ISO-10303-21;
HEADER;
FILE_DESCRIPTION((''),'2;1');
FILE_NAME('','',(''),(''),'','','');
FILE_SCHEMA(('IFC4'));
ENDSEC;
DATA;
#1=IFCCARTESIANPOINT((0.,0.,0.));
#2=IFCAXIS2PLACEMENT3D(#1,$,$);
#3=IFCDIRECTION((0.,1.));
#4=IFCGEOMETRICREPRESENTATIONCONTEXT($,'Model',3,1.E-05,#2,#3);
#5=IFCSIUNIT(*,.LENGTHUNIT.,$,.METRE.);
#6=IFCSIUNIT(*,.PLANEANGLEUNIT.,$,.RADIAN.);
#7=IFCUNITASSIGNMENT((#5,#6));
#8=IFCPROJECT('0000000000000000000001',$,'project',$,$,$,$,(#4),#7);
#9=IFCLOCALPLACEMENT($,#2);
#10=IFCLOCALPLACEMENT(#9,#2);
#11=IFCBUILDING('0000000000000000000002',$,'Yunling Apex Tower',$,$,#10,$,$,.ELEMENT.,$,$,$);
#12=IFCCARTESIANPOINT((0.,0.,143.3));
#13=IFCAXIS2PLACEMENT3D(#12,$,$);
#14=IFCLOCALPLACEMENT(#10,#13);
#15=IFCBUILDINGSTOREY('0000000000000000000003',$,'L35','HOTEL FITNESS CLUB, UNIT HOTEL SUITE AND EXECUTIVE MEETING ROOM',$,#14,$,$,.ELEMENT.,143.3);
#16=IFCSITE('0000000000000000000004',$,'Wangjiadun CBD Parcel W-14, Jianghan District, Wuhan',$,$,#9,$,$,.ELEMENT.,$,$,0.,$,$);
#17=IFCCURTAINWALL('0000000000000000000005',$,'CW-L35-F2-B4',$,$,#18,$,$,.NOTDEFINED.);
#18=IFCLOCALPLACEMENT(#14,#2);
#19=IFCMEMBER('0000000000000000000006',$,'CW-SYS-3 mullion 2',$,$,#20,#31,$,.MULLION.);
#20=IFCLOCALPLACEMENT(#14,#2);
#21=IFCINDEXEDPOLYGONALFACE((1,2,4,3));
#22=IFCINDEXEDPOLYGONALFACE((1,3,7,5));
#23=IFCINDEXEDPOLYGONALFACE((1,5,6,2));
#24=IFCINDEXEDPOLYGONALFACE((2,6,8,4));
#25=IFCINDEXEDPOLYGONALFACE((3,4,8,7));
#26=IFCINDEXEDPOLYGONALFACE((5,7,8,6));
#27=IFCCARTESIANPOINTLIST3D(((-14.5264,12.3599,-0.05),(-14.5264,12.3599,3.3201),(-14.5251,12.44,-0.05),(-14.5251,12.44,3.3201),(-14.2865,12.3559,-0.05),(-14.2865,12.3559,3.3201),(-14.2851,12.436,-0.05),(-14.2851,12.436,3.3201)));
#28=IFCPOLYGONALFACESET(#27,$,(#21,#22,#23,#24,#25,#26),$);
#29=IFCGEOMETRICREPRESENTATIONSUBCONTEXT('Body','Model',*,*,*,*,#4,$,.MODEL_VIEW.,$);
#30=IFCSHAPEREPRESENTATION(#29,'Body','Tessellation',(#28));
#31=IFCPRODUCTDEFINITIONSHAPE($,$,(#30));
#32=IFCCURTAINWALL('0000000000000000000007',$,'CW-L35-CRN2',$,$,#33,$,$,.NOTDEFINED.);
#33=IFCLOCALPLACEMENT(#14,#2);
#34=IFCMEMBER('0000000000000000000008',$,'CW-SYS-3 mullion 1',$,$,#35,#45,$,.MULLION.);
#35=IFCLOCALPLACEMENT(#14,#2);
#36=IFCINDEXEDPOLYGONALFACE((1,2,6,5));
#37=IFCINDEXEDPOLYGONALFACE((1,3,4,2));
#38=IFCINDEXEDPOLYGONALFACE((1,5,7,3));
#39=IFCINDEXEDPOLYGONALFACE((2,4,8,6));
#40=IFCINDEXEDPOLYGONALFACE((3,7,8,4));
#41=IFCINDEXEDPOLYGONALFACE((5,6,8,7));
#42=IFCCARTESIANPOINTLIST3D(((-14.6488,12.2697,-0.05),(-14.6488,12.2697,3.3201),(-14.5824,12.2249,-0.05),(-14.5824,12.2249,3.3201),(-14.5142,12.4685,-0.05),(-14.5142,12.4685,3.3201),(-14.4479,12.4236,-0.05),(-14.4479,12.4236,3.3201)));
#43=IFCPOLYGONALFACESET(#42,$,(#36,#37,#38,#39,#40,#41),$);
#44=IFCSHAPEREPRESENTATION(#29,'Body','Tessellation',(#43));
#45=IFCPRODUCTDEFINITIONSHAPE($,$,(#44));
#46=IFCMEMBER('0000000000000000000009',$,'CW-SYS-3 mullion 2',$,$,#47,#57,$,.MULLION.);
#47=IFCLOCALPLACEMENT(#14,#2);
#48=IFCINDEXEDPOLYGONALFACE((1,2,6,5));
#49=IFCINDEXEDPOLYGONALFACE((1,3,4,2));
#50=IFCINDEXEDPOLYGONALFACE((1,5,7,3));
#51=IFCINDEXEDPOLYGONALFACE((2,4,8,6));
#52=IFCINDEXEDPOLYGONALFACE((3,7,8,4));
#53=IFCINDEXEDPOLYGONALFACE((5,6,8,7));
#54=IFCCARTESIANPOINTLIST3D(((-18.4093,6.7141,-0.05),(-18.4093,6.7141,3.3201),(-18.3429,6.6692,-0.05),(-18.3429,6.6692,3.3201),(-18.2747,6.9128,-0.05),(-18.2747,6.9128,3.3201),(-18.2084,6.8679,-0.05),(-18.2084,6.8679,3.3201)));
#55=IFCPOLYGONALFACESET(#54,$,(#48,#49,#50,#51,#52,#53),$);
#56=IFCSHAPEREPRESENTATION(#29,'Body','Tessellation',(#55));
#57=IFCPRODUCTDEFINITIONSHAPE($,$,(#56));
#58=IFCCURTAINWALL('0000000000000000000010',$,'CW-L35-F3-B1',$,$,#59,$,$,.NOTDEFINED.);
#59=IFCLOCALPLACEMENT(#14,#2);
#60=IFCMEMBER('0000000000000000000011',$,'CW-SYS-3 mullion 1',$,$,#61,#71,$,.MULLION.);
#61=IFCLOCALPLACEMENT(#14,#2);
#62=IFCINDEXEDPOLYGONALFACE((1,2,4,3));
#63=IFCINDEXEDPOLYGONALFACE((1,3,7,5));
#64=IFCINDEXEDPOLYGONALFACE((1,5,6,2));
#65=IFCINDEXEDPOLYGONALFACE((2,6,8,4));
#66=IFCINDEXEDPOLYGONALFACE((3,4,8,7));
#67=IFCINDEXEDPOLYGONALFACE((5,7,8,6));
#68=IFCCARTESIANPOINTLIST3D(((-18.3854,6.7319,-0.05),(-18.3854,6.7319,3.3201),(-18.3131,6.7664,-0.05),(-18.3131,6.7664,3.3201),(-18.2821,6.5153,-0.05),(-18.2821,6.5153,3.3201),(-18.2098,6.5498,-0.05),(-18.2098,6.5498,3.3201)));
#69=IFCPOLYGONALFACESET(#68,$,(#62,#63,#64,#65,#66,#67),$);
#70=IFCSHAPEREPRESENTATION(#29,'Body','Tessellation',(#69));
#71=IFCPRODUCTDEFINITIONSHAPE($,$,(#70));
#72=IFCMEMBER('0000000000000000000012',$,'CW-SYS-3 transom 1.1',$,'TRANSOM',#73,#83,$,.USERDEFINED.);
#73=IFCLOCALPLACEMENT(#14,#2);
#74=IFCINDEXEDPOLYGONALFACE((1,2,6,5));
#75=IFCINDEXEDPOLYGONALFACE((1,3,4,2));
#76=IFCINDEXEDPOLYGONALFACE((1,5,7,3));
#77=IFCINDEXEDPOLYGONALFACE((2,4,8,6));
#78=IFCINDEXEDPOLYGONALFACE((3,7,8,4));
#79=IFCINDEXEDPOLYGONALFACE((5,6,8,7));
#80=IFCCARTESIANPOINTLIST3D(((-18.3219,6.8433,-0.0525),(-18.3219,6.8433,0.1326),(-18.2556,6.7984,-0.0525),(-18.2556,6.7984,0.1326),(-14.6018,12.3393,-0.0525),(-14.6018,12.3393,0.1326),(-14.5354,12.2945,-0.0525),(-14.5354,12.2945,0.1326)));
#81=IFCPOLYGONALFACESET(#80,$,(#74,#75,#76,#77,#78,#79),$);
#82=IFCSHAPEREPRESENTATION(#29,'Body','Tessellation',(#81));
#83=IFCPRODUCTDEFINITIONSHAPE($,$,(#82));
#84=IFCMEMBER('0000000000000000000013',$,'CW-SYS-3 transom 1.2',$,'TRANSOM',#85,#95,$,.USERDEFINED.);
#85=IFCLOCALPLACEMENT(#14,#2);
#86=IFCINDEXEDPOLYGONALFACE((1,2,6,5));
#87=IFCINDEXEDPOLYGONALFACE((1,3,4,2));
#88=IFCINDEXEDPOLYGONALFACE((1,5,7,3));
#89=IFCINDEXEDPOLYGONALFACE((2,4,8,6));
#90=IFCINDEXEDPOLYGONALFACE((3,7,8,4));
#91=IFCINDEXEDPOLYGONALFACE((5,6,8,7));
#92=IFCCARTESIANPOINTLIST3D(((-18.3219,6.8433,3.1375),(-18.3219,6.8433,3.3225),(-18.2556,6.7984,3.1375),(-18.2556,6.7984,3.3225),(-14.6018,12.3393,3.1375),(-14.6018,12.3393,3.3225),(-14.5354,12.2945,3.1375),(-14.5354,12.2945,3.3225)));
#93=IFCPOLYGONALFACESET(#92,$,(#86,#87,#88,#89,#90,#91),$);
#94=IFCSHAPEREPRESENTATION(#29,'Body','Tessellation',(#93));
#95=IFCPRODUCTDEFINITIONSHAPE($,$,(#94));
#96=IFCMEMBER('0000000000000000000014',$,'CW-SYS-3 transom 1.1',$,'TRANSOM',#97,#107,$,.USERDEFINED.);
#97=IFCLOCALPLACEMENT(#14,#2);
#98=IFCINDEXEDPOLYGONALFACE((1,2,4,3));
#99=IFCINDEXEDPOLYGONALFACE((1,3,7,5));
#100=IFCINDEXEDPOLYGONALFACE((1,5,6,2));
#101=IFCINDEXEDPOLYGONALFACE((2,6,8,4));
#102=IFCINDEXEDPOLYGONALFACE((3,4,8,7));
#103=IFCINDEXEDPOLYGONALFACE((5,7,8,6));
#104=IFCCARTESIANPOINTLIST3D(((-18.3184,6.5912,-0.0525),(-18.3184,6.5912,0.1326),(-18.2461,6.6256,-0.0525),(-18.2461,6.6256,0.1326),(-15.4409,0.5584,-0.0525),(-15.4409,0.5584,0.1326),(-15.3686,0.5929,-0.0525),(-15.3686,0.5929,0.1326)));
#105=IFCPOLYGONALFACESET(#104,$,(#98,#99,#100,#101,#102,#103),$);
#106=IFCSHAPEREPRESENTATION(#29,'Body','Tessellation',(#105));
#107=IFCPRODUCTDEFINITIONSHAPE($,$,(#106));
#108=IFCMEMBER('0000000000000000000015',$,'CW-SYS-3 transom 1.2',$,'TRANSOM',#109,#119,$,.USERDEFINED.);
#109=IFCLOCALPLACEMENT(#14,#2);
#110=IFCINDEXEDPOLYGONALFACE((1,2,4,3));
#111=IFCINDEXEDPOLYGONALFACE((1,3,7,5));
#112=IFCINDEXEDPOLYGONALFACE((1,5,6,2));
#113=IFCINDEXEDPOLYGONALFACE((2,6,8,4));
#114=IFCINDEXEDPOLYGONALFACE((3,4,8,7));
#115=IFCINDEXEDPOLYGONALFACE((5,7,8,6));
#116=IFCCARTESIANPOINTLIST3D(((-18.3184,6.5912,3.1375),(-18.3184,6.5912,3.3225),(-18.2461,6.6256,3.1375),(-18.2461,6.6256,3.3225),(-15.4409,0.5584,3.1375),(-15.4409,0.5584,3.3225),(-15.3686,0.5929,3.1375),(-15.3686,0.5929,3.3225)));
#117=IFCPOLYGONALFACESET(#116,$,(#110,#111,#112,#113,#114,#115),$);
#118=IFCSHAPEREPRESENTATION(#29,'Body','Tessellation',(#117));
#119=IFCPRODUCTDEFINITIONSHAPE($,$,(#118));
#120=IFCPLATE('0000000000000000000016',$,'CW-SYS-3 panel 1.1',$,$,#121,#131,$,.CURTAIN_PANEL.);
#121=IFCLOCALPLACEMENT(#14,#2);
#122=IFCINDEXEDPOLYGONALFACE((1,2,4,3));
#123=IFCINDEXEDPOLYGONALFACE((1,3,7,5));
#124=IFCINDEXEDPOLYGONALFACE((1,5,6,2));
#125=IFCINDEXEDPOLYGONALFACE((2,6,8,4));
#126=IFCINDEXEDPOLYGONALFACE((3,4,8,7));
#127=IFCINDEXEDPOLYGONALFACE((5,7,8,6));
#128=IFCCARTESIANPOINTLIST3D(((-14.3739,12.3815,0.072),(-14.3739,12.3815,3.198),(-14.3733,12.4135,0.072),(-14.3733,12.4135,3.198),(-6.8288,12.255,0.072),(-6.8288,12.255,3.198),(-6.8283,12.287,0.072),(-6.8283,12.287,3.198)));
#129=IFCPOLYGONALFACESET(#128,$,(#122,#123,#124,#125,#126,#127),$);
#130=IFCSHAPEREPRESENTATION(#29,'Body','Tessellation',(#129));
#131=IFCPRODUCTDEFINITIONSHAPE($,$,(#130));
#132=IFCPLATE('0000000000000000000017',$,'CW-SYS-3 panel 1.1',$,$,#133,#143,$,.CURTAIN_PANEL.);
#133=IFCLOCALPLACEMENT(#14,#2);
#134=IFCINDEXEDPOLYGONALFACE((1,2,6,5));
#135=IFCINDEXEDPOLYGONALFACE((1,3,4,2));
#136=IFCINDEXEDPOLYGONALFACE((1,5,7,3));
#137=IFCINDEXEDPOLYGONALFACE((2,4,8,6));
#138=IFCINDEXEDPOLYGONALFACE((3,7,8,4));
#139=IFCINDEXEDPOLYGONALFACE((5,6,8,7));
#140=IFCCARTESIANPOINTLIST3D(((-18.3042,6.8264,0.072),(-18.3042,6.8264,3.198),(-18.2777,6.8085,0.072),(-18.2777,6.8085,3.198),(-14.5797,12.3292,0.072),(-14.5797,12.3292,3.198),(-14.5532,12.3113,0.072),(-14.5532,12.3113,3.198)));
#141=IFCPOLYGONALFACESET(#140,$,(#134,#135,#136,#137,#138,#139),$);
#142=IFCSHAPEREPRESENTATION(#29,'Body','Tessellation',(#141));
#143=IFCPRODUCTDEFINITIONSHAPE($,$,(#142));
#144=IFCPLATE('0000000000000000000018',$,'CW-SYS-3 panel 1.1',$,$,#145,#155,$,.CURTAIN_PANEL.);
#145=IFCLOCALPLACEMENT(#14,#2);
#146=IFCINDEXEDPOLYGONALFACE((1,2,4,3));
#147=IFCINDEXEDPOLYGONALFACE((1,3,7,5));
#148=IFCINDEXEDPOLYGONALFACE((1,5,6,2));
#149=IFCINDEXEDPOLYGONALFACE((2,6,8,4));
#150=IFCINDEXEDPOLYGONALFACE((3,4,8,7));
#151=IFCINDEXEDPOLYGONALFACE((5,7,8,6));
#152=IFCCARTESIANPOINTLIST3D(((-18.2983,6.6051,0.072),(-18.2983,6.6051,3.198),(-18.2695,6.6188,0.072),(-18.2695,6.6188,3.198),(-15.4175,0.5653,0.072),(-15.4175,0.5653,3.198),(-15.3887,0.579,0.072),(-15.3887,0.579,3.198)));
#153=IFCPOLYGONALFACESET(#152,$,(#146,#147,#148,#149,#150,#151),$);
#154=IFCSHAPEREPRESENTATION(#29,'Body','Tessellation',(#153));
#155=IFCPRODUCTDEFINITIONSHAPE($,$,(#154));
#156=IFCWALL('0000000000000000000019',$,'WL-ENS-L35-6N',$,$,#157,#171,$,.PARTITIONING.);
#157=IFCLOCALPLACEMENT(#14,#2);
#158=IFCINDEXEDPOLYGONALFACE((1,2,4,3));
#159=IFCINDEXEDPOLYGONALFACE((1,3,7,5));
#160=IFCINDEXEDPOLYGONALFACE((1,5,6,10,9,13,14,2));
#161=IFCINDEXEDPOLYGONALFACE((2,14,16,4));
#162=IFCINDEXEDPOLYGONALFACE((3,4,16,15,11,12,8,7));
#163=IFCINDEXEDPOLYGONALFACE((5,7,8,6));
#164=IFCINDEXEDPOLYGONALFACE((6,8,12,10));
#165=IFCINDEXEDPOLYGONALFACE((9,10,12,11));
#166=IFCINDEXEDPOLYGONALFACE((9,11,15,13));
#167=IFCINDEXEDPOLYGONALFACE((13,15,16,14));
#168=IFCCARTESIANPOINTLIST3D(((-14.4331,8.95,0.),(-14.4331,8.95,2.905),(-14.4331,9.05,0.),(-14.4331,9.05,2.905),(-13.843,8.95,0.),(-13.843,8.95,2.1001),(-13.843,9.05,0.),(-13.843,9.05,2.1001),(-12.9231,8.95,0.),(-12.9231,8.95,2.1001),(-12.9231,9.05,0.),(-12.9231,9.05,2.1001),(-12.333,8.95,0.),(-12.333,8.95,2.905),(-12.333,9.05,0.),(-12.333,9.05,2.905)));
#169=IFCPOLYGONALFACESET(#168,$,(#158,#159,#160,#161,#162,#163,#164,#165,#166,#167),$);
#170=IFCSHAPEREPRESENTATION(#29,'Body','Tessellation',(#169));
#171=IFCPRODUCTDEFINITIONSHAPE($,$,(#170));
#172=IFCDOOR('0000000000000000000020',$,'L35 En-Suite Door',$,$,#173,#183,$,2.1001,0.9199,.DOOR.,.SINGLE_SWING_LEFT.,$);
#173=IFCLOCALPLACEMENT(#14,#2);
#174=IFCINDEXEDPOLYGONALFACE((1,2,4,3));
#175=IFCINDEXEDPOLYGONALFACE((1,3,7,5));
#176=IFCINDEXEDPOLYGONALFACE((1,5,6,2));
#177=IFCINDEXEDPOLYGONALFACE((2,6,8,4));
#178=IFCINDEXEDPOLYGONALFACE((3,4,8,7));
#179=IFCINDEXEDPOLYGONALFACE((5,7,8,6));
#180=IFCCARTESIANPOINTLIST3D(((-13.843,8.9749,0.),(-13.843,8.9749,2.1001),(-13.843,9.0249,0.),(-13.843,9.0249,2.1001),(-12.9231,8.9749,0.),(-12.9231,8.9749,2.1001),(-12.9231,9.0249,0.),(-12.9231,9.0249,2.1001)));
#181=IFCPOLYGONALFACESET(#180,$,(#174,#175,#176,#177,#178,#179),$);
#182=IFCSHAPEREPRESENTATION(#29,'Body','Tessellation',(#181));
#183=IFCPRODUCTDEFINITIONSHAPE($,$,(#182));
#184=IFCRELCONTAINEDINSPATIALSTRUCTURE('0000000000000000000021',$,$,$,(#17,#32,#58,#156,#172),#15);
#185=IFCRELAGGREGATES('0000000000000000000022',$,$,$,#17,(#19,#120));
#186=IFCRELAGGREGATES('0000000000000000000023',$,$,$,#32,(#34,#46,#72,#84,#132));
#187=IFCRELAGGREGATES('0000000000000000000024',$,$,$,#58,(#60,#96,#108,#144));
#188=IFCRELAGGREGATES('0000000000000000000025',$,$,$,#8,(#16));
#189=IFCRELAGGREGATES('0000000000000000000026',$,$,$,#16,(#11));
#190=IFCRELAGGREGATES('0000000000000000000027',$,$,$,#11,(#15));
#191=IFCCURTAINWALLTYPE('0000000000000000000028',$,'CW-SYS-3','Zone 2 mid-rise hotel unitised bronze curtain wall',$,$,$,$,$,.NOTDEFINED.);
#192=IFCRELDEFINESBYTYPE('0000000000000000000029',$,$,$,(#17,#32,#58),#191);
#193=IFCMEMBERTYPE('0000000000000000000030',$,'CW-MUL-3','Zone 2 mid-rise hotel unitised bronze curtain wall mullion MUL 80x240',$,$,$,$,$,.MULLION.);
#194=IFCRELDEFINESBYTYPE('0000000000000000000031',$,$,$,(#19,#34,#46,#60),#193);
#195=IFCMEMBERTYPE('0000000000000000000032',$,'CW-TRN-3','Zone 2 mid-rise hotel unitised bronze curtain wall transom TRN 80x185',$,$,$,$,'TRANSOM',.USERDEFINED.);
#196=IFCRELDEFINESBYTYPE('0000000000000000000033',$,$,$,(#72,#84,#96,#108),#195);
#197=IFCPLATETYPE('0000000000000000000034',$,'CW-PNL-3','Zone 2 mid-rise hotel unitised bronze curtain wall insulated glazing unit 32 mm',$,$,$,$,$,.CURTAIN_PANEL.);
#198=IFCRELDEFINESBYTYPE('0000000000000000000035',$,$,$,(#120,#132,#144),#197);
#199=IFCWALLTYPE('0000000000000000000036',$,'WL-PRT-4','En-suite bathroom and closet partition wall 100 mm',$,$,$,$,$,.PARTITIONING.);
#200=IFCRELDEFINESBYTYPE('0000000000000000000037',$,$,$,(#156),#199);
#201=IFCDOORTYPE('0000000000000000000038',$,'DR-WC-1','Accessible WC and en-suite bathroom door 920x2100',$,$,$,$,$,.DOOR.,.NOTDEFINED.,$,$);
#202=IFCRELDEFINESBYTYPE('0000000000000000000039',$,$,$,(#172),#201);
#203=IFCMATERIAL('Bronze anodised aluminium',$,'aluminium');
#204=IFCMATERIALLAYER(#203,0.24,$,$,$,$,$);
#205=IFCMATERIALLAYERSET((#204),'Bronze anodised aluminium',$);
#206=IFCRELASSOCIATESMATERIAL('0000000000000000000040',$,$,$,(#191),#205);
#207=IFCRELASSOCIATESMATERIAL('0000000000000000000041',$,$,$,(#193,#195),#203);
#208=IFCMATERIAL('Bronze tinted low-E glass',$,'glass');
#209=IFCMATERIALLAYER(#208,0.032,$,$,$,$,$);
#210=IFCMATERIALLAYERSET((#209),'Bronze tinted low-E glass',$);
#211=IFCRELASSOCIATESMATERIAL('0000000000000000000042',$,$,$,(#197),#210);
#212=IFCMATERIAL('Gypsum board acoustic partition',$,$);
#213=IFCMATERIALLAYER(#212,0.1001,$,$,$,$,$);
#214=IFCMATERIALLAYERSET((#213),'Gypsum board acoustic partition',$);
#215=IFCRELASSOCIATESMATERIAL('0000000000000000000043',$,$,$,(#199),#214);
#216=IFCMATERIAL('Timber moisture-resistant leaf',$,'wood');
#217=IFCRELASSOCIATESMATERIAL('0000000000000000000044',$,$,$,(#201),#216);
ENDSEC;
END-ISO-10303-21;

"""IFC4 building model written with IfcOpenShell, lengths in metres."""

from ifc_helpers import new_model, si_unit, direction, frame, frame_2d, origin, origin_2d, place, context, subcontext, project, spatial, rectangle, extrude, source, transform, mapped, material, layer, layer_set, material_profile, profile_set, type_object, element, fill, aggregate, save


model = new_model("IFC4")

# Units and contexts
model_context = context("Model", 3, precision=1e-05, world=origin(), true_north=direction((0.0, 1.0)))
body_context = subcontext(model_context, "Body", "Model", "MODEL_VIEW")
ifc_project = project(units=[si_unit("LENGTHUNIT", "METRE"), si_unit("PLANEANGLEUNIT", "RADIAN")], contexts=[model_context])

# Site, building, storey
site_placement = place(None, origin())
site = spatial("IfcSite", under=ifc_project, at=site_placement, Name="Wangjiadun CBD Parcel W-14, Jianghan District, Wuhan", CompositionType="ELEMENT", RefElevation=0.0)
building_placement = place(site_placement, origin())
building = spatial("IfcBuilding", under=site, at=building_placement, Name="Yunling Apex Tower", CompositionType="ELEMENT")
storey_placement = place(building_placement, frame((0.0, 0.0, 143.3)))
storey = spatial("IfcBuildingStorey", under=building, at=storey_placement, Name="L35", Description="HOTEL FITNESS CLUB, UNIT HOTEL SUITE AND EXECUTIVE MEETING ROOM", CompositionType="ELEMENT", Elevation=143.3)

# Curtain wall, member
ifc_material_1 = material(Name="Bronze anodised aluminium", Category="aluminium")
ifc_layer_1 = layer(ifc_material_1, 0.24)
ifc_layer_set_1 = layer_set([ifc_layer_1], Name="Bronze anodised aluminium")
curtain_wall_type = type_object("IfcCurtainWallType", Name="CW-SYS-3", Description="Zone 2 mid-rise hotel unitised bronze curtain wall", PredefinedType="NOTDEFINED", material=ifc_layer_set_1)
curtain_wall_1_placement = place(storey_placement, origin())
curtain_wall_1 = element("IfcCurtainWall", 1, at=curtain_wall_1_placement, inside=storey, type_object=curtain_wall_type, Name="CW-L35-F2-B4", PredefinedType="NOTDEFINED")
ifc_material_profile_1 = material_profile(ifc_material_1, rectangle(XDim=0.0801, YDim=0.24, at=origin_2d()))
ifc_profile_set_1 = profile_set([ifc_material_profile_1], Name="Bronze anodised aluminium")
member_type_1 = type_object("IfcMemberType", Name="CW-MUL-3", Description="Zone 2 mid-rise hotel unitised bronze curtain wall mullion MUL 80x240", PredefinedType="MULLION", material=ifc_profile_set_1)
shared_shape_1 = source(origin(), body_context, "Body", "SweptSolid", [
    extrude(rectangle(XDim=0.0801, YDim=0.24, at=origin_2d()), origin(), (0.0, 0.0, 1.0), 3.3701),
])
member_1_placement = place(storey_placement, frame((-14.4058, 12.3979, -0.05), z_axis=(0.0, 0.0, 1.0), x_axis=(-0.016762, -0.99986, 0.0)))
member_1 = element("IfcMember", 2, at=member_1_placement, type_object=member_type_1, Name="CW-SYS-3 mullion 2", PredefinedType="MULLION", context=body_context, shape_type="MappedRepresentation", body=[
    mapped(shared_shape_1, transform((0.0, 0.0, 0.0), scale=1.0)),
])

# Curtain wall, members
curtain_wall_2_placement = place(storey_placement, origin())
curtain_wall_2 = element("IfcCurtainWall", 3, at=curtain_wall_2_placement, inside=storey, type_object=curtain_wall_type, Name="CW-L35-CRN2", PredefinedType="NOTDEFINED")
member_2_placement = place(storey_placement, frame((-14.5483, 12.3467, -0.05), z_axis=(0.0, 0.0, 1.0), x_axis=(0.828139, -0.560523, 0.0)))
member_2 = element("IfcMember", 4, at=member_2_placement, type_object=member_type_1, Name="CW-SYS-3 mullion 1", PredefinedType="MULLION", context=body_context, shape_type="MappedRepresentation", body=[
    mapped(shared_shape_1, transform((0.0, 0.0, 0.0), scale=1.0)),
])
member_3_placement = place(storey_placement, frame((-18.3088, 6.791, -0.05), z_axis=(0.0, 0.0, 1.0), x_axis=(0.828139, -0.560523, 0.0)))
member_3 = element("IfcMember", 5, at=member_3_placement, type_object=member_type_1, Name="CW-SYS-3 mullion 2", PredefinedType="MULLION", context=body_context, shape_type="MappedRepresentation", body=[
    mapped(shared_shape_1, transform((0.0, 0.0, 0.0), scale=1.0)),
])

# Curtain wall, member
curtain_wall_3_placement = place(storey_placement, origin())
curtain_wall_3 = element("IfcCurtainWall", 6, at=curtain_wall_3_placement, inside=storey, type_object=curtain_wall_type, Name="CW-L35-F3-B1", PredefinedType="NOTDEFINED")
member_4_placement = place(storey_placement, frame((-18.2976, 6.6409, -0.05), z_axis=(0.0, 0.0, 1.0), x_axis=(0.902588, 0.430506, 0.0)))
member_4 = element("IfcMember", 7, at=member_4_placement, type_object=member_type_1, Name="CW-SYS-3 mullion 1", PredefinedType="MULLION", context=body_context, shape_type="MappedRepresentation", body=[
    mapped(shared_shape_1, transform((0.0, 0.0, 0.0), scale=1.0)),
])

# Members
ifc_material_profile_2 = material_profile(ifc_material_1, rectangle(XDim=0.0801, YDim=0.1851, at=origin_2d()))
ifc_profile_set_2 = profile_set([ifc_material_profile_2], Name="Bronze anodised aluminium")
member_type_2 = type_object("IfcMemberType", Name="CW-TRN-3", Description="Zone 2 mid-rise hotel unitised bronze curtain wall transom TRN 80x185", ElementType="TRANSOM", PredefinedType="USERDEFINED", material=ifc_profile_set_2)
shared_shape_2 = source(origin(), body_context, "Body", "SweptSolid", [
    extrude(rectangle(XDim=0.0801, YDim=0.1851, at=origin_2d()), origin(), (0.0, 0.0, 1.0), 6.6367),
])
member_5_placement = place(storey_placement, frame((-14.5686, 12.3169, 0.04), z_axis=(-0.560544, -0.828125, 0.0), x_axis=(0.828125, -0.560544, 0.0)))
member_5 = element("IfcMember", 8, at=member_5_placement, type_object=member_type_2, Name="CW-SYS-3 transom 1.1", ObjectType="TRANSOM", PredefinedType="USERDEFINED", context=body_context, shape_type="MappedRepresentation", body=[
    mapped(shared_shape_2, transform((0.0, 0.0, 0.0), scale=1.0)),
])
member_6_placement = place(storey_placement, frame((-14.5686, 12.3169, 3.23), z_axis=(-0.560544, -0.828125, 0.0), x_axis=(0.828125, -0.560544, 0.0)))
member_6 = element("IfcMember", 9, at=member_6_placement, type_object=member_type_2, Name="CW-SYS-3 transom 1.2", ObjectType="TRANSOM", PredefinedType="USERDEFINED", context=body_context, shape_type="MappedRepresentation", body=[
    mapped(shared_shape_2, transform((0.0, 0.0, 0.0), scale=1.0)),
])
shared_shape_3 = source(origin(), body_context, "Body", "SweptSolid", [
    extrude(rectangle(XDim=0.0801, YDim=0.1851, at=origin_2d()), origin(), (0.0, 0.0, 1.0), 6.6838),
])
member_7_placement = place(storey_placement, frame((-18.2822, 6.6084, 0.04), z_axis=(0.430509, -0.902586, 0.0), x_axis=(0.902586, 0.430509, 0.0)))
member_7 = element("IfcMember", 10, at=member_7_placement, type_object=member_type_2, Name="CW-SYS-3 transom 1.1", ObjectType="TRANSOM", PredefinedType="USERDEFINED", context=body_context, shape_type="MappedRepresentation", body=[
    mapped(shared_shape_3, transform((0.0, 0.0, 0.0), scale=1.0)),
])
member_8_placement = place(storey_placement, frame((-18.2822, 6.6084, 3.23), z_axis=(0.430509, -0.902586, 0.0), x_axis=(0.902586, 0.430509, 0.0)))
member_8 = element("IfcMember", 11, at=member_8_placement, type_object=member_type_2, Name="CW-SYS-3 transom 1.2", ObjectType="TRANSOM", PredefinedType="USERDEFINED", context=body_context, shape_type="MappedRepresentation", body=[
    mapped(shared_shape_3, transform((0.0, 0.0, 0.0), scale=1.0)),
])

# Plates
ifc_material_2 = material(Name="Bronze tinted low-E glass", Category="glass")
ifc_layer_2 = layer(ifc_material_2, 0.032)
ifc_layer_set_2 = layer_set([ifc_layer_2], Name="Bronze tinted low-E glass")
plate_type = type_object("IfcPlateType", Name="CW-PNL-3", Description="Zone 2 mid-rise hotel unitised bronze curtain wall insulated glazing unit 32 mm", PredefinedType="CURTAIN_PANEL", material=ifc_layer_set_2)
shared_shape_4 = source(origin(), body_context, "Body", "SweptSolid", [
    extrude(rectangle(XDim=7.5461, YDim=0.032, at=origin_2d()), origin(), (0.0, 0.0, 1.0), 3.126),
])
plate_1_placement = place(storey_placement, frame((-10.6011, 12.3342, 0.072), z_axis=(0.0, 0.0, 1.0), x_axis=(-0.99986, 0.016762, 0.0)))
plate_1 = element("IfcPlate", 12, at=plate_1_placement, type_object=plate_type, Name="CW-SYS-3 panel 1.1", PredefinedType="CURTAIN_PANEL", context=body_context, shape_type="MappedRepresentation", body=[
    mapped(shared_shape_4, transform((0.0, 0.0, 0.0), scale=1.0)),
])
aggregate(curtain_wall_1, [member_1, plate_1])
shared_shape_5 = source(origin(), body_context, "Body", "SweptSolid", [
    extrude(rectangle(XDim=6.6448, YDim=0.032, at=origin_2d()), origin(), (0.0, 0.0, 1.0), 3.126),
])
plate_2_placement = place(storey_placement, frame((-16.4287, 9.5688, 0.072), z_axis=(0.0, 0.0, 1.0), x_axis=(-0.560523, -0.828139, 0.0)))
plate_2 = element("IfcPlate", 13, at=plate_2_placement, type_object=plate_type, Name="CW-SYS-3 panel 1.1", PredefinedType="CURTAIN_PANEL", context=body_context, shape_type="MappedRepresentation", body=[
    mapped(shared_shape_5, transform((0.0, 0.0, 0.0), scale=1.0)),
])
aggregate(curtain_wall_2, [member_2, member_3, member_5, member_6, plate_2])
shared_shape_6 = source(origin(), body_context, "Body", "SweptSolid", [
    extrude(rectangle(XDim=6.6917, YDim=0.032, at=origin_2d()), origin(), (0.0, 0.0, 1.0), 3.126),
])
plate_3_placement = place(storey_placement, frame((-16.8435, 3.592, 0.072), z_axis=(0.0, 0.0, 1.0), x_axis=(0.430506, -0.902588, 0.0)))
plate_3 = element("IfcPlate", 14, at=plate_3_placement, type_object=plate_type, Name="CW-SYS-3 panel 1.1", PredefinedType="CURTAIN_PANEL", context=body_context, shape_type="MappedRepresentation", body=[
    mapped(shared_shape_6, transform((0.0, 0.0, 0.0), scale=1.0)),
])
aggregate(curtain_wall_3, [member_4, member_7, member_8, plate_3])

# Wall, opening, door
ifc_material_3 = material(Name="Gypsum board acoustic partition")
ifc_layer_3 = layer(ifc_material_3, 0.1001)
ifc_layer_set_3 = layer_set([ifc_layer_3], Name="Gypsum board acoustic partition")
wall_type = type_object("IfcWallType", Name="WL-PRT-4", Description="En-suite bathroom and closet partition wall 100 mm", PredefinedType="PARTITIONING", material=ifc_layer_set_3)
wall_1_placement = place(storey_placement, frame((-14.4331, 9.0, 0.0), z_axis=(0.0, 0.0, 1.0), x_axis=(1.0, 0.0, 0.0)))
wall_1 = element("IfcWall", 15, at=wall_1_placement, inside=storey, type_object=wall_type, Name="WL-ENS-L35-6N", PredefinedType="PARTITIONING", context=body_context, shape_type="SweptSolid", body=[
    extrude(rectangle(XDim=2.1001, YDim=0.1001, at=frame_2d((1.05, 0.0))), origin(), (0.0, 0.0, 1.0), 2.905),
])
opening_1_placement = place(wall_1_placement, frame((0.5901, 0.0, 0.0)))
opening_1 = element("IfcOpeningElement", 16, at=opening_1_placement, cuts=wall_1, PredefinedType="OPENING", context=body_context, shape_type="SweptSolid", body=[
    extrude(rectangle(XDim=0.9199, YDim=2.1001, at=frame_2d((0.46, 1.05))), frame((0.0, 0.0601, 0.0), z_axis=(0.0, -1.0, 0.0), x_axis=(1.0, 0.0, 0.0)), (0.0, 0.0, 1.0), 0.1201),
])
ifc_material_4 = material(Name="Timber moisture-resistant leaf", Category="wood")
door_type = type_object("IfcDoorType", Name="DR-WC-1", Description="Accessible WC and en-suite bathroom door 920x2100", OperationType="NOTDEFINED", PredefinedType="DOOR", material=ifc_material_4)
door_1_placement = place(opening_1_placement, origin())
door_1 = element("IfcDoor", 17, at=door_1_placement, inside=storey, type_object=door_type, Name="L35 En-Suite Door", OperationType="SINGLE_SWING_LEFT", OverallHeight=2.1001, OverallWidth=0.9199, PredefinedType="DOOR", context=body_context, shape_type="SweptSolid", body=[
    extrude(rectangle(XDim=0.9199, YDim=2.1001, at=frame_2d((0.46, 1.05))), frame((0.0, 0.0249, 0.0), z_axis=(0.0, -1.0, 0.0), x_axis=(1.0, 0.0, 0.0)), (0.0, 0.0, 1.0), 0.05),
])
fill(opening_1, door_1)

save(model, "model.ifc")
